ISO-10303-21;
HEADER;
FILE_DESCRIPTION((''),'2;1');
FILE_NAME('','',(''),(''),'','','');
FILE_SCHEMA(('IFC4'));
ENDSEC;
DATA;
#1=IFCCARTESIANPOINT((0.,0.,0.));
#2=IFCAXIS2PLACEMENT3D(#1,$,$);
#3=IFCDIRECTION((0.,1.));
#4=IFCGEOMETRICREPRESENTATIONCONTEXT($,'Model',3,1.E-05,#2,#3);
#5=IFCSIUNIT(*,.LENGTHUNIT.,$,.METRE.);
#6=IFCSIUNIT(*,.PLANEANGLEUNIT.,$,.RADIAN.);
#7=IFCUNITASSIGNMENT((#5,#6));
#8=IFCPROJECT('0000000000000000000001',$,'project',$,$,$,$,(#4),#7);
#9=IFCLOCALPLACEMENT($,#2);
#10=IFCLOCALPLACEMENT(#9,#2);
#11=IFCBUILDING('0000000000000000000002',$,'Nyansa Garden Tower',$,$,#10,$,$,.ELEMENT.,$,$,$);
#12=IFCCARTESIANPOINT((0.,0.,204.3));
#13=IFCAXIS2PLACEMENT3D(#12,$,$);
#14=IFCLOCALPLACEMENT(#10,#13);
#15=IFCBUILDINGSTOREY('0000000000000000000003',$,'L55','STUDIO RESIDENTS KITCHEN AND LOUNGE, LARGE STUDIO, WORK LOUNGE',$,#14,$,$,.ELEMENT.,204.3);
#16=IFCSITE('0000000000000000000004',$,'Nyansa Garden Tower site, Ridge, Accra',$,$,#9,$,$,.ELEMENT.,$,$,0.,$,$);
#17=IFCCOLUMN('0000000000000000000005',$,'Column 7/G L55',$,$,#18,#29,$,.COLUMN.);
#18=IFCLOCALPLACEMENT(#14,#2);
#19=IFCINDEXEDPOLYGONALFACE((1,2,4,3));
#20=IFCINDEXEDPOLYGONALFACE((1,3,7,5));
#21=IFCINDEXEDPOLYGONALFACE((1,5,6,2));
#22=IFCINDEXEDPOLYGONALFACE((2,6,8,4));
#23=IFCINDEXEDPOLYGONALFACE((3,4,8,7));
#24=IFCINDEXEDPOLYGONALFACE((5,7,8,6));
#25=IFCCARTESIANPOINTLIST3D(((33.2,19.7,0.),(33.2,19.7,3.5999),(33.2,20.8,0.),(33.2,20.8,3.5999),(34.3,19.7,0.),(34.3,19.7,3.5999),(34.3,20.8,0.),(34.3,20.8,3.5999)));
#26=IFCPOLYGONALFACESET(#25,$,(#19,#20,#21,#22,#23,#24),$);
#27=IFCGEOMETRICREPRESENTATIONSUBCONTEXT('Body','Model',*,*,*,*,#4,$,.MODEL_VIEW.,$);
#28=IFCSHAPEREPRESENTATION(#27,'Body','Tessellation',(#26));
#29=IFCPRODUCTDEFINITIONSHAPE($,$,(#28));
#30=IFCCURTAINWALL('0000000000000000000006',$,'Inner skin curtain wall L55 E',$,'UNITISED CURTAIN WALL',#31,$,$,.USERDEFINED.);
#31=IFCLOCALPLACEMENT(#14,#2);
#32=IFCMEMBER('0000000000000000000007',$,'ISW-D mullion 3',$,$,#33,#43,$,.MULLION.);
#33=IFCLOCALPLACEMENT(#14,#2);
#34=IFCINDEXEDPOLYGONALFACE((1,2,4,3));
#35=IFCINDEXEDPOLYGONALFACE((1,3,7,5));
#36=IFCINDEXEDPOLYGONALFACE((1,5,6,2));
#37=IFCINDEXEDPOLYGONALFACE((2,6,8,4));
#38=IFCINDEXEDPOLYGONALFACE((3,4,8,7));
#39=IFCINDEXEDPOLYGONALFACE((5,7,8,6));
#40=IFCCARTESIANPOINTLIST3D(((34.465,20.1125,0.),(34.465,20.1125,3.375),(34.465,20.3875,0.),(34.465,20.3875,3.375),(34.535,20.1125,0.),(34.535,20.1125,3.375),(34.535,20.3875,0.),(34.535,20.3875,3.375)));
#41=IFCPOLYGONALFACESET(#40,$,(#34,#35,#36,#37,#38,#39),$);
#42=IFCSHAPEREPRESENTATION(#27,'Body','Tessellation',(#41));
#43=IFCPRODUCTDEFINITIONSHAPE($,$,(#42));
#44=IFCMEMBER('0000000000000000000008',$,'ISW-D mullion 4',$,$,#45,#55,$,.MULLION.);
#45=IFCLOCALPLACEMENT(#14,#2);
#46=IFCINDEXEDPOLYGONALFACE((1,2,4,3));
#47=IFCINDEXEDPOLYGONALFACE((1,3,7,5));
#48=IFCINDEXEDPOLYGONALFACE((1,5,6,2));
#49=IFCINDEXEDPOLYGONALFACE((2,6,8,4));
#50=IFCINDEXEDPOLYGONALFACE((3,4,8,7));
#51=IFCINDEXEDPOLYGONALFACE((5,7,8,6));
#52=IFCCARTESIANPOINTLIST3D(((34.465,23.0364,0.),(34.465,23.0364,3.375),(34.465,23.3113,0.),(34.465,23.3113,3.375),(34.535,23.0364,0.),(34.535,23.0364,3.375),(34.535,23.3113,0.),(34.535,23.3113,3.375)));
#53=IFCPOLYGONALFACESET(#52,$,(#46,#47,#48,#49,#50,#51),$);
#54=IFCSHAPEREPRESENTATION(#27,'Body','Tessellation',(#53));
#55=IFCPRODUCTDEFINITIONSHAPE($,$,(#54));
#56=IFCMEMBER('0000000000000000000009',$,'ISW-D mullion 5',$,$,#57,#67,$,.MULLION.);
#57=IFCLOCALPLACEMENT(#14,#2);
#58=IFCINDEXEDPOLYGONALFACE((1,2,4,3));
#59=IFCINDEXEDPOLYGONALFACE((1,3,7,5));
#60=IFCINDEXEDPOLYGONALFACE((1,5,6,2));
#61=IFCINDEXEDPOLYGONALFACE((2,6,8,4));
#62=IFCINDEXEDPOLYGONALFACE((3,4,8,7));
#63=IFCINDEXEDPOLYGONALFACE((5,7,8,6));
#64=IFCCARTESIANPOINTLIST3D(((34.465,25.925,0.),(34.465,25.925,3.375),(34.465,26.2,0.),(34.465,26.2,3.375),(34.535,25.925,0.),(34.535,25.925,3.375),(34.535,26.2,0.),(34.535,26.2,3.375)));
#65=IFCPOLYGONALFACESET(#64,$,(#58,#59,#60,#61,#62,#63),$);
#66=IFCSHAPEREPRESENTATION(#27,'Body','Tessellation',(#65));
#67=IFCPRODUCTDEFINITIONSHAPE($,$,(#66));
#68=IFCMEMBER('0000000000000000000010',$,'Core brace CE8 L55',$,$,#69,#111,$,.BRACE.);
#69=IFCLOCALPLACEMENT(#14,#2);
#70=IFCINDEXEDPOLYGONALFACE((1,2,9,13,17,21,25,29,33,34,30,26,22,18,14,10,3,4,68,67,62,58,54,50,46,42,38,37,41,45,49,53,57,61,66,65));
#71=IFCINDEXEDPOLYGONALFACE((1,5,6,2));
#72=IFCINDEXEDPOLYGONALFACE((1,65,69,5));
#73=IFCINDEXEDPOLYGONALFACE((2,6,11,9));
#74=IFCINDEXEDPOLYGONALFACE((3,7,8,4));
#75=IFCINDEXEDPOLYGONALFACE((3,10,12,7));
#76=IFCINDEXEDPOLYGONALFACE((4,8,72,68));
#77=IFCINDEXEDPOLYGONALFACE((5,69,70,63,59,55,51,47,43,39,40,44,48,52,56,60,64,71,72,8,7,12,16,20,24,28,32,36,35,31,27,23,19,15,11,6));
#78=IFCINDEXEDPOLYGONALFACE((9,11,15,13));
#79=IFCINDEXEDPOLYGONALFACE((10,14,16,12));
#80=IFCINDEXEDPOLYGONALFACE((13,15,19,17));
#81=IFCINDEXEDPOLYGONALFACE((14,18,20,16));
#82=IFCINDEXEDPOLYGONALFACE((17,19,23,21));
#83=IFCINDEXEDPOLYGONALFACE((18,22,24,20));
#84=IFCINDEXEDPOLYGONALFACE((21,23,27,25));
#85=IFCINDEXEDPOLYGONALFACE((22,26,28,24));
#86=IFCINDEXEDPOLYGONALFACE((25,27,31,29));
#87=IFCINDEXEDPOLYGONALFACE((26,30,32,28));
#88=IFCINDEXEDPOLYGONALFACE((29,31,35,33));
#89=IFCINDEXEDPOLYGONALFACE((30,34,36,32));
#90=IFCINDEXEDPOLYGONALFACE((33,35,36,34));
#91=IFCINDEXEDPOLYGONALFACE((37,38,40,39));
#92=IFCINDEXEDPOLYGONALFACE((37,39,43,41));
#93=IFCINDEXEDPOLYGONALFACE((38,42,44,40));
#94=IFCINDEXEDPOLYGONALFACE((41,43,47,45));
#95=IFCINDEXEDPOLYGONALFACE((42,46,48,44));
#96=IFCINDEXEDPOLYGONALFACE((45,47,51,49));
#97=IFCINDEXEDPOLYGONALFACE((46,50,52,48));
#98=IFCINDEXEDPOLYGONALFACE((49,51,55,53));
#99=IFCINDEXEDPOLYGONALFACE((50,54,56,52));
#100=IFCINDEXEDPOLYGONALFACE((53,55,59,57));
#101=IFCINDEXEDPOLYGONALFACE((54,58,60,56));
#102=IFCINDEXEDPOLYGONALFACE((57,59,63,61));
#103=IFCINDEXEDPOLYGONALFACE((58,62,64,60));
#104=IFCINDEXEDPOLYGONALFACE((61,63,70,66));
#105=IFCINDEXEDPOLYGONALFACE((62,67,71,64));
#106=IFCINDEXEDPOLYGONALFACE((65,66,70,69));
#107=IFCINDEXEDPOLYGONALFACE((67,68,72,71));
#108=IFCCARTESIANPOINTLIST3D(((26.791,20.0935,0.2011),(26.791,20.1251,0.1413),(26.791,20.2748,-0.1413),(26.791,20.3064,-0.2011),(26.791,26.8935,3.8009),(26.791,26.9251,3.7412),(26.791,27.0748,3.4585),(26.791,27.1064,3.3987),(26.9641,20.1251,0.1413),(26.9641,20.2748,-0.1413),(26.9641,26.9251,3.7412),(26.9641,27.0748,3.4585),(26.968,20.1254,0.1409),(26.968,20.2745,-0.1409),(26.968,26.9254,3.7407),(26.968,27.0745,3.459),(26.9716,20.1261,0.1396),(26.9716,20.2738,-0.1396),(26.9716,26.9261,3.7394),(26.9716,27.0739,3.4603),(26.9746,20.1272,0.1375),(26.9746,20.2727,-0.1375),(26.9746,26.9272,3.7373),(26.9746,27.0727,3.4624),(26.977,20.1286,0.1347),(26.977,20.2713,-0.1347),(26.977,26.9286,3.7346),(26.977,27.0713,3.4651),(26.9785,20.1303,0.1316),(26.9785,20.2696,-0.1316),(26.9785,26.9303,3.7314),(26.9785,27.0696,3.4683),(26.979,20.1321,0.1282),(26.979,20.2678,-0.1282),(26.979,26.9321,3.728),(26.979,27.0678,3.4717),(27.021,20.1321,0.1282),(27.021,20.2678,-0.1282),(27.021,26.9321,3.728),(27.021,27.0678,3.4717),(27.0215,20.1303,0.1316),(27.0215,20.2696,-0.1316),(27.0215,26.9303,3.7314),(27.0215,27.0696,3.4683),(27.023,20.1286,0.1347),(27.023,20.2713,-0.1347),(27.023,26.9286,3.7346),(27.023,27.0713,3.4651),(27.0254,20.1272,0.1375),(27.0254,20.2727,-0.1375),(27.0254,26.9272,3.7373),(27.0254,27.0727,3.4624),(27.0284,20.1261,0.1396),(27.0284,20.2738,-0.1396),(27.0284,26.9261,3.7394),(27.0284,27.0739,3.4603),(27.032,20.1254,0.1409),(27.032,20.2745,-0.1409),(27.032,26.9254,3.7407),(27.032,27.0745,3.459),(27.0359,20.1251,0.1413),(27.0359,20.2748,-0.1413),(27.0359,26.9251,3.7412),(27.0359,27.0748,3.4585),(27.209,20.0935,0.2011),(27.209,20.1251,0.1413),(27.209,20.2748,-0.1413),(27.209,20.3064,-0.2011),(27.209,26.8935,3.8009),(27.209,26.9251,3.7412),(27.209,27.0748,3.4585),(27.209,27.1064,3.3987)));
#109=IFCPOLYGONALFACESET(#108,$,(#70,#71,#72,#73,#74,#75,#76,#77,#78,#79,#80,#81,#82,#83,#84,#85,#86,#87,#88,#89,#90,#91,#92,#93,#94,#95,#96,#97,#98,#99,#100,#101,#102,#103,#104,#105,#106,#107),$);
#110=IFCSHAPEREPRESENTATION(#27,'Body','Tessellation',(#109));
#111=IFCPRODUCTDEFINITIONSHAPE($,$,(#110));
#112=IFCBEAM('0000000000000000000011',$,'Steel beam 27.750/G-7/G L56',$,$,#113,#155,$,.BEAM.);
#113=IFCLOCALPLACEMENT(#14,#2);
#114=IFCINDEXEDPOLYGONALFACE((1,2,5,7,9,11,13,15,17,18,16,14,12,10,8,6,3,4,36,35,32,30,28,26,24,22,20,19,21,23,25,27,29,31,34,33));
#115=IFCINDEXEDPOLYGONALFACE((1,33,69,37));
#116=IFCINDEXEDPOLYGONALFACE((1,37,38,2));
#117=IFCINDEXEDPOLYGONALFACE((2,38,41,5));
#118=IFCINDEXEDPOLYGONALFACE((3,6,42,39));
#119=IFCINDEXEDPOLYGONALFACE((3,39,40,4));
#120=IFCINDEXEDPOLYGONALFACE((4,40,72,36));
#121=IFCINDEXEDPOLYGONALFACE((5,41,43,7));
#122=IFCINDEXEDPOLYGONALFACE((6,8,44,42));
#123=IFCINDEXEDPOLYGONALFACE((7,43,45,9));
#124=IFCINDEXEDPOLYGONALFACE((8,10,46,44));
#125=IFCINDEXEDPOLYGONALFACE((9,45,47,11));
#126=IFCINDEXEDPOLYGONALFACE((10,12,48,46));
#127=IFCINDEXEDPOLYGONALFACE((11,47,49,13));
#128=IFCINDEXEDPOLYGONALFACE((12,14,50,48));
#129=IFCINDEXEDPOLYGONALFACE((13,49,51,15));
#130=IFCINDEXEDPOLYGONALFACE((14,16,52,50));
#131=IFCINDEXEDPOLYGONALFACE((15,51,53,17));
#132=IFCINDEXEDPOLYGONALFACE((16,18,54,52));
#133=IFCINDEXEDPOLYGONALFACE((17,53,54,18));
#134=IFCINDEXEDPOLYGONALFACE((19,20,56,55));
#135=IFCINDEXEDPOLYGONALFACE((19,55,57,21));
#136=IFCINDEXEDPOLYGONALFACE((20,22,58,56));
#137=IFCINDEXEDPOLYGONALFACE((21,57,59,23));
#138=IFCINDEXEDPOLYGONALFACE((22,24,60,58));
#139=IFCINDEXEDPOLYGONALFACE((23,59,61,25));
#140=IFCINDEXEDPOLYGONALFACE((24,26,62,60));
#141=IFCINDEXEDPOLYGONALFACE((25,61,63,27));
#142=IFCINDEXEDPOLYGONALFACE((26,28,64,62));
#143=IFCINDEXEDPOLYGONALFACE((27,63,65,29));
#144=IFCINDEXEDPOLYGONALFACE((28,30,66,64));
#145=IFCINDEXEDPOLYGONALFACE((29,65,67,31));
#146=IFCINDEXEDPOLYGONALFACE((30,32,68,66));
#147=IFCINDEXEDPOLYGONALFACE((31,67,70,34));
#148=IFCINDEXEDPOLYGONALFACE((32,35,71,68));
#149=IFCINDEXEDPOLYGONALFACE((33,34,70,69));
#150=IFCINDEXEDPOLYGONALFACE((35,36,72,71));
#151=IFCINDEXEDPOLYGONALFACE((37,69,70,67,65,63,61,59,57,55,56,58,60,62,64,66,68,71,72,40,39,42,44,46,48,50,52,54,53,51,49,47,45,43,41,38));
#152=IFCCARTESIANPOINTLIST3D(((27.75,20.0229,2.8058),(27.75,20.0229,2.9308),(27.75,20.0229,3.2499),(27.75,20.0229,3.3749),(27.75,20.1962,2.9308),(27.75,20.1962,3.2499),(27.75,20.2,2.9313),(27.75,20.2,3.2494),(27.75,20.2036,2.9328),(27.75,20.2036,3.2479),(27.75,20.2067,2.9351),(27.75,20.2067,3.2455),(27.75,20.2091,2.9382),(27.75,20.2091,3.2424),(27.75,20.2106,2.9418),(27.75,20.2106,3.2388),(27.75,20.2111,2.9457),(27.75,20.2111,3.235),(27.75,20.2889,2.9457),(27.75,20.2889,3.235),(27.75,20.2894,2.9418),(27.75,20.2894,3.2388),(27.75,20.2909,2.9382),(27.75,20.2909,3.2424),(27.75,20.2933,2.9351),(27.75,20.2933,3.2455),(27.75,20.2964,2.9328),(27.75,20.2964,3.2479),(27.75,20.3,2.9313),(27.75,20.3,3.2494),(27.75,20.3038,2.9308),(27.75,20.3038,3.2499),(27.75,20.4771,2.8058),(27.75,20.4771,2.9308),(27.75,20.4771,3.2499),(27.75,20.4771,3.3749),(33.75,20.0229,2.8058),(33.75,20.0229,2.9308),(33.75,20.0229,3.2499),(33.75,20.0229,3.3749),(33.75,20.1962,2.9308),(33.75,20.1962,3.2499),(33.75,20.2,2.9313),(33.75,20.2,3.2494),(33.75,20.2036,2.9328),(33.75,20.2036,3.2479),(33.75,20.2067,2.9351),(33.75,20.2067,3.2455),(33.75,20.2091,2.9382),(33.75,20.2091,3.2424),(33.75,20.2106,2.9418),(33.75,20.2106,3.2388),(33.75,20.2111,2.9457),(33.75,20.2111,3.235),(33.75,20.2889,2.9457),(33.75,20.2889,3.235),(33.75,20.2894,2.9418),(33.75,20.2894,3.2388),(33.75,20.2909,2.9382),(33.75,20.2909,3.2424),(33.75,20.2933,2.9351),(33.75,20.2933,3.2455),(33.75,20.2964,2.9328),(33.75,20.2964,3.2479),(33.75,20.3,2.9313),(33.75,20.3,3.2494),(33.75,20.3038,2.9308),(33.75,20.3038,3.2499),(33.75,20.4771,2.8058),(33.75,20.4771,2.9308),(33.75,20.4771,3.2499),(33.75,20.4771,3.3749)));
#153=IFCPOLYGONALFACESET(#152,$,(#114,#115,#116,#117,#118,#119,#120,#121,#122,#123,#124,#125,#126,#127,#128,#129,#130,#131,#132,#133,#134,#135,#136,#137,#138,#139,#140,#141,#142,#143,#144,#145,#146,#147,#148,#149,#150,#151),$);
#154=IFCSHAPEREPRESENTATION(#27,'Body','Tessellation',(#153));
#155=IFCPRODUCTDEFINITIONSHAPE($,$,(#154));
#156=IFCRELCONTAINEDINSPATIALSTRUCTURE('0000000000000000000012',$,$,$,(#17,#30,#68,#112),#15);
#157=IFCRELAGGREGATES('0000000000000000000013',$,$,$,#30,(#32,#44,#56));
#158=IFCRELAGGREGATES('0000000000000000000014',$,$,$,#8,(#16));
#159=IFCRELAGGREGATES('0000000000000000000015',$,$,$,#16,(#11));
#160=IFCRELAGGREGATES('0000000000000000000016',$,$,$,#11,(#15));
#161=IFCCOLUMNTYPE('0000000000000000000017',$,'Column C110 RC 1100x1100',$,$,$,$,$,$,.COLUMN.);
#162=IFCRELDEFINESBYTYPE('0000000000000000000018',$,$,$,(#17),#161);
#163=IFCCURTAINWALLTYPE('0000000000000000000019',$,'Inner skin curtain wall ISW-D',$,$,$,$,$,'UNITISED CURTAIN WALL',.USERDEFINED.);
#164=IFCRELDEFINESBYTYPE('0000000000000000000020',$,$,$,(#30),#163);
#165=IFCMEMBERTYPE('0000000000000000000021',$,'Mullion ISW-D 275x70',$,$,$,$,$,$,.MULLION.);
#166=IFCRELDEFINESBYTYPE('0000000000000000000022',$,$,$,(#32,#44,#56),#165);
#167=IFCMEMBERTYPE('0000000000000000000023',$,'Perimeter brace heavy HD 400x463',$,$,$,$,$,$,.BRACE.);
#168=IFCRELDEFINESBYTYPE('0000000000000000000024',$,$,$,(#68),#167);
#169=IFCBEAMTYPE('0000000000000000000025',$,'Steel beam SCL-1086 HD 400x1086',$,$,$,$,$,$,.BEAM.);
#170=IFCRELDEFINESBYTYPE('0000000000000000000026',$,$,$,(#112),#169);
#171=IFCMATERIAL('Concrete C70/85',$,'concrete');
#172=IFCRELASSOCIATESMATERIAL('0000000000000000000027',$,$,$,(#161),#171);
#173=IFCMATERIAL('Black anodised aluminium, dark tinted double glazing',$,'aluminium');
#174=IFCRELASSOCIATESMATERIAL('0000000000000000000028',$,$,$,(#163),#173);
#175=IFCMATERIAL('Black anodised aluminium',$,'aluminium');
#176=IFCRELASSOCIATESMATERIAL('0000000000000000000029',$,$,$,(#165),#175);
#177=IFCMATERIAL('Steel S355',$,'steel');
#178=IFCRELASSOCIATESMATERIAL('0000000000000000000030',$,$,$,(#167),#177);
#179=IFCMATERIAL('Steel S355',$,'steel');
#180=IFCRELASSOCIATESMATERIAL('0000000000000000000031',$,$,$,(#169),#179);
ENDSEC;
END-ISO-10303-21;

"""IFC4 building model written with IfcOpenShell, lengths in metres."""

from ifc_helpers import new_model, si_unit, direction, frame, origin, origin_2d, place, context, subcontext, project, spatial, rectangle, i_section, extrude, material, material_profile, profile_set, type_object, element, aggregate, save


model = new_model("IFC4")

# Units and contexts
model_context = context("Model", 3, precision=1e-05, world=origin(), true_north=direction((0.0, 1.0)))
body_context = subcontext(model_context, "Body", "Model", "MODEL_VIEW")
ifc_project = project(units=[si_unit("LENGTHUNIT", "METRE"), si_unit("PLANEANGLEUNIT", "RADIAN")], contexts=[model_context])

# Site, building, storey
site_placement = place(None, origin())
site = spatial("IfcSite", under=ifc_project, at=site_placement, Name="Nyansa Garden Tower site, Ridge, Accra", CompositionType="ELEMENT", RefElevation=0.0)
building_placement = place(site_placement, origin())
building = spatial("IfcBuilding", under=site, at=building_placement, Name="Nyansa Garden Tower", CompositionType="ELEMENT")
storey_placement = place(building_placement, frame((0.0, 0.0, 204.3)))
storey = spatial("IfcBuildingStorey", under=building, at=storey_placement, Name="L55", Description="STUDIO RESIDENTS KITCHEN AND LOUNGE, LARGE STUDIO, WORK LOUNGE", CompositionType="ELEMENT", Elevation=204.3)

# Column
ifc_material_1 = material(Name="Concrete C70/85", Category="concrete")
ifc_material_profile_1 = material_profile(ifc_material_1, rectangle(XDim=1.1001, YDim=1.1001, at=origin_2d()), Name="RC 1100x1100")
ifc_profile_set_1 = profile_set([ifc_material_profile_1], Name="Concrete C70/85")
column_type = type_object("IfcColumnType", Name="Column C110 RC 1100x1100", PredefinedType="COLUMN", material=ifc_profile_set_1)
column_placement = place(storey_placement, frame((33.75, 20.25, 0.0), z_axis=(0.0, 0.0, 1.0), x_axis=(1.0, 0.0, 0.0)))
element("IfcColumn", 1, at=column_placement, inside=storey, type_object=column_type, Name="Column 7/G L55", PredefinedType="COLUMN", context=body_context, shape_type="SweptSolid", body=[
    extrude(rectangle(XDim=1.1001, YDim=1.1001, at=origin_2d()), origin(), (0.0, 0.0, 1.0), 3.5999),
])

# Curtain wall, members
ifc_material_2 = material(Name="Black anodised aluminium, dark tinted double glazing", Category="aluminium")
curtain_wall_type = type_object("IfcCurtainWallType", Name="Inner skin curtain wall ISW-D", ElementType="UNITISED CURTAIN WALL", PredefinedType="USERDEFINED", material=ifc_material_2)
curtain_wall_placement = place(storey_placement, origin())
curtain_wall = element("IfcCurtainWall", 2, at=curtain_wall_placement, inside=storey, type_object=curtain_wall_type, Name="Inner skin curtain wall L55 E", ObjectType="UNITISED CURTAIN WALL", PredefinedType="USERDEFINED")
ifc_material_3 = material(Name="Black anodised aluminium", Category="aluminium")
ifc_material_profile_2 = material_profile(ifc_material_3, rectangle(XDim=0.0701, YDim=0.2749, at=origin_2d()), Name="Mullion 275x70")
ifc_profile_set_2 = profile_set([ifc_material_profile_2], Name="Black anodised aluminium")
member_type_1 = type_object("IfcMemberType", Name="Mullion ISW-D 275x70", PredefinedType="MULLION", material=ifc_profile_set_2)
member_1_placement = place(storey_placement, frame((34.5, 20.25, 0.0), z_axis=(0.0, 0.0, 1.0), x_axis=(-1.0, 0.0, 0.0)))
member_1 = element("IfcMember", 3, at=member_1_placement, type_object=member_type_1, Name="ISW-D mullion 3", PredefinedType="MULLION", context=body_context, shape_type="SweptSolid", body=[
    extrude(rectangle(XDim=0.0701, YDim=0.2749, at=origin_2d()), origin(), (0.0, 0.0, 1.0), 3.375),
])
member_2_placement = place(storey_placement, frame((34.5, 23.1738, 0.0), z_axis=(0.0, 0.0, 1.0), x_axis=(-1.0, 0.0, 0.0)))
member_2 = element("IfcMember", 4, at=member_2_placement, type_object=member_type_1, Name="ISW-D mullion 4", PredefinedType="MULLION", context=body_context, shape_type="SweptSolid", body=[
    extrude(rectangle(XDim=0.0701, YDim=0.2749, at=origin_2d()), origin(), (0.0, 0.0, 1.0), 3.375),
])
member_3_placement = place(storey_placement, frame((34.5, 26.0625, 0.0), z_axis=(0.0, 0.0, 1.0), x_axis=(-1.0, 0.0, 0.0)))
member_3 = element("IfcMember", 5, at=member_3_placement, type_object=member_type_1, Name="ISW-D mullion 5", PredefinedType="MULLION", context=body_context, shape_type="SweptSolid", body=[
    extrude(rectangle(XDim=0.0701, YDim=0.2749, at=origin_2d()), origin(), (0.0, 0.0, 1.0), 3.375),
])

# Member
ifc_material_4 = material(Name="Steel S355", Category="steel")
ifc_material_profile_3 = material_profile(ifc_material_4, i_section(OverallWidth=0.418, OverallDepth=0.4551, WebThickness=0.042, FlangeThickness=0.0676, FilletRadius=0.0149, at=origin_2d()), Name="HD 400x463")
ifc_profile_set_3 = profile_set([ifc_material_profile_3], Name="Steel S355")
member_type_2 = type_object("IfcMemberType", Name="Perimeter brace heavy HD 400x463", PredefinedType="BRACE", material=ifc_profile_set_3)
member_4_placement = place(storey_placement, frame((27.0, 20.2, 0.0), z_axis=(0.0, 0.883797, 0.46787), x_axis=(-1.0, 0.0, 0.0)))
element("IfcMember", 6, at=member_4_placement, inside=storey, type_object=member_type_2, Name="Core brace CE8 L55", PredefinedType="BRACE", context=body_context, shape_type="SweptSolid", body=[
    extrude(i_section(OverallWidth=0.418, OverallDepth=0.4551, WebThickness=0.042, FlangeThickness=0.0676, FilletRadius=0.0149, at=origin_2d()), origin(), (0.0, 0.0, 1.0), 7.6941),
])

# Beam
ifc_material_5 = material(Name="Steel S355", Category="steel")
ifc_material_profile_4 = material_profile(ifc_material_5, i_section(OverallWidth=0.4541, OverallDepth=0.5691, WebThickness=0.0779, FlangeThickness=0.125, FilletRadius=0.0149, at=origin_2d()), Name="HD 400x1086")
ifc_profile_set_4 = profile_set([ifc_material_profile_4], Name="Steel S355")
beam_type_1 = type_object("IfcBeamType", Name="Steel beam SCL-1086 HD 400x1086", PredefinedType="BEAM", material=ifc_profile_set_4)
beam_1_placement = place(storey_placement, frame((27.75, 20.25, 3.0903), z_axis=(1.0, 0.0, 0.0), x_axis=(0.0, 1.0, 0.0)))
element("IfcBeam", 7, at=beam_1_placement, inside=storey, type_object=beam_type_1, Name="Steel beam 27.750/G-7/G L56", PredefinedType="BEAM", context=body_context, shape_type="SweptSolid", body=[
    extrude(i_section(OverallWidth=0.4541, OverallDepth=0.5691, WebThickness=0.0779, FlangeThickness=0.125, FilletRadius=0.0149, at=origin_2d()), origin(), (0.0, 0.0, 1.0), 6.0),
])

aggregate(curtain_wall, [member_1, member_2, member_3])

save(model, "model.ifc")
